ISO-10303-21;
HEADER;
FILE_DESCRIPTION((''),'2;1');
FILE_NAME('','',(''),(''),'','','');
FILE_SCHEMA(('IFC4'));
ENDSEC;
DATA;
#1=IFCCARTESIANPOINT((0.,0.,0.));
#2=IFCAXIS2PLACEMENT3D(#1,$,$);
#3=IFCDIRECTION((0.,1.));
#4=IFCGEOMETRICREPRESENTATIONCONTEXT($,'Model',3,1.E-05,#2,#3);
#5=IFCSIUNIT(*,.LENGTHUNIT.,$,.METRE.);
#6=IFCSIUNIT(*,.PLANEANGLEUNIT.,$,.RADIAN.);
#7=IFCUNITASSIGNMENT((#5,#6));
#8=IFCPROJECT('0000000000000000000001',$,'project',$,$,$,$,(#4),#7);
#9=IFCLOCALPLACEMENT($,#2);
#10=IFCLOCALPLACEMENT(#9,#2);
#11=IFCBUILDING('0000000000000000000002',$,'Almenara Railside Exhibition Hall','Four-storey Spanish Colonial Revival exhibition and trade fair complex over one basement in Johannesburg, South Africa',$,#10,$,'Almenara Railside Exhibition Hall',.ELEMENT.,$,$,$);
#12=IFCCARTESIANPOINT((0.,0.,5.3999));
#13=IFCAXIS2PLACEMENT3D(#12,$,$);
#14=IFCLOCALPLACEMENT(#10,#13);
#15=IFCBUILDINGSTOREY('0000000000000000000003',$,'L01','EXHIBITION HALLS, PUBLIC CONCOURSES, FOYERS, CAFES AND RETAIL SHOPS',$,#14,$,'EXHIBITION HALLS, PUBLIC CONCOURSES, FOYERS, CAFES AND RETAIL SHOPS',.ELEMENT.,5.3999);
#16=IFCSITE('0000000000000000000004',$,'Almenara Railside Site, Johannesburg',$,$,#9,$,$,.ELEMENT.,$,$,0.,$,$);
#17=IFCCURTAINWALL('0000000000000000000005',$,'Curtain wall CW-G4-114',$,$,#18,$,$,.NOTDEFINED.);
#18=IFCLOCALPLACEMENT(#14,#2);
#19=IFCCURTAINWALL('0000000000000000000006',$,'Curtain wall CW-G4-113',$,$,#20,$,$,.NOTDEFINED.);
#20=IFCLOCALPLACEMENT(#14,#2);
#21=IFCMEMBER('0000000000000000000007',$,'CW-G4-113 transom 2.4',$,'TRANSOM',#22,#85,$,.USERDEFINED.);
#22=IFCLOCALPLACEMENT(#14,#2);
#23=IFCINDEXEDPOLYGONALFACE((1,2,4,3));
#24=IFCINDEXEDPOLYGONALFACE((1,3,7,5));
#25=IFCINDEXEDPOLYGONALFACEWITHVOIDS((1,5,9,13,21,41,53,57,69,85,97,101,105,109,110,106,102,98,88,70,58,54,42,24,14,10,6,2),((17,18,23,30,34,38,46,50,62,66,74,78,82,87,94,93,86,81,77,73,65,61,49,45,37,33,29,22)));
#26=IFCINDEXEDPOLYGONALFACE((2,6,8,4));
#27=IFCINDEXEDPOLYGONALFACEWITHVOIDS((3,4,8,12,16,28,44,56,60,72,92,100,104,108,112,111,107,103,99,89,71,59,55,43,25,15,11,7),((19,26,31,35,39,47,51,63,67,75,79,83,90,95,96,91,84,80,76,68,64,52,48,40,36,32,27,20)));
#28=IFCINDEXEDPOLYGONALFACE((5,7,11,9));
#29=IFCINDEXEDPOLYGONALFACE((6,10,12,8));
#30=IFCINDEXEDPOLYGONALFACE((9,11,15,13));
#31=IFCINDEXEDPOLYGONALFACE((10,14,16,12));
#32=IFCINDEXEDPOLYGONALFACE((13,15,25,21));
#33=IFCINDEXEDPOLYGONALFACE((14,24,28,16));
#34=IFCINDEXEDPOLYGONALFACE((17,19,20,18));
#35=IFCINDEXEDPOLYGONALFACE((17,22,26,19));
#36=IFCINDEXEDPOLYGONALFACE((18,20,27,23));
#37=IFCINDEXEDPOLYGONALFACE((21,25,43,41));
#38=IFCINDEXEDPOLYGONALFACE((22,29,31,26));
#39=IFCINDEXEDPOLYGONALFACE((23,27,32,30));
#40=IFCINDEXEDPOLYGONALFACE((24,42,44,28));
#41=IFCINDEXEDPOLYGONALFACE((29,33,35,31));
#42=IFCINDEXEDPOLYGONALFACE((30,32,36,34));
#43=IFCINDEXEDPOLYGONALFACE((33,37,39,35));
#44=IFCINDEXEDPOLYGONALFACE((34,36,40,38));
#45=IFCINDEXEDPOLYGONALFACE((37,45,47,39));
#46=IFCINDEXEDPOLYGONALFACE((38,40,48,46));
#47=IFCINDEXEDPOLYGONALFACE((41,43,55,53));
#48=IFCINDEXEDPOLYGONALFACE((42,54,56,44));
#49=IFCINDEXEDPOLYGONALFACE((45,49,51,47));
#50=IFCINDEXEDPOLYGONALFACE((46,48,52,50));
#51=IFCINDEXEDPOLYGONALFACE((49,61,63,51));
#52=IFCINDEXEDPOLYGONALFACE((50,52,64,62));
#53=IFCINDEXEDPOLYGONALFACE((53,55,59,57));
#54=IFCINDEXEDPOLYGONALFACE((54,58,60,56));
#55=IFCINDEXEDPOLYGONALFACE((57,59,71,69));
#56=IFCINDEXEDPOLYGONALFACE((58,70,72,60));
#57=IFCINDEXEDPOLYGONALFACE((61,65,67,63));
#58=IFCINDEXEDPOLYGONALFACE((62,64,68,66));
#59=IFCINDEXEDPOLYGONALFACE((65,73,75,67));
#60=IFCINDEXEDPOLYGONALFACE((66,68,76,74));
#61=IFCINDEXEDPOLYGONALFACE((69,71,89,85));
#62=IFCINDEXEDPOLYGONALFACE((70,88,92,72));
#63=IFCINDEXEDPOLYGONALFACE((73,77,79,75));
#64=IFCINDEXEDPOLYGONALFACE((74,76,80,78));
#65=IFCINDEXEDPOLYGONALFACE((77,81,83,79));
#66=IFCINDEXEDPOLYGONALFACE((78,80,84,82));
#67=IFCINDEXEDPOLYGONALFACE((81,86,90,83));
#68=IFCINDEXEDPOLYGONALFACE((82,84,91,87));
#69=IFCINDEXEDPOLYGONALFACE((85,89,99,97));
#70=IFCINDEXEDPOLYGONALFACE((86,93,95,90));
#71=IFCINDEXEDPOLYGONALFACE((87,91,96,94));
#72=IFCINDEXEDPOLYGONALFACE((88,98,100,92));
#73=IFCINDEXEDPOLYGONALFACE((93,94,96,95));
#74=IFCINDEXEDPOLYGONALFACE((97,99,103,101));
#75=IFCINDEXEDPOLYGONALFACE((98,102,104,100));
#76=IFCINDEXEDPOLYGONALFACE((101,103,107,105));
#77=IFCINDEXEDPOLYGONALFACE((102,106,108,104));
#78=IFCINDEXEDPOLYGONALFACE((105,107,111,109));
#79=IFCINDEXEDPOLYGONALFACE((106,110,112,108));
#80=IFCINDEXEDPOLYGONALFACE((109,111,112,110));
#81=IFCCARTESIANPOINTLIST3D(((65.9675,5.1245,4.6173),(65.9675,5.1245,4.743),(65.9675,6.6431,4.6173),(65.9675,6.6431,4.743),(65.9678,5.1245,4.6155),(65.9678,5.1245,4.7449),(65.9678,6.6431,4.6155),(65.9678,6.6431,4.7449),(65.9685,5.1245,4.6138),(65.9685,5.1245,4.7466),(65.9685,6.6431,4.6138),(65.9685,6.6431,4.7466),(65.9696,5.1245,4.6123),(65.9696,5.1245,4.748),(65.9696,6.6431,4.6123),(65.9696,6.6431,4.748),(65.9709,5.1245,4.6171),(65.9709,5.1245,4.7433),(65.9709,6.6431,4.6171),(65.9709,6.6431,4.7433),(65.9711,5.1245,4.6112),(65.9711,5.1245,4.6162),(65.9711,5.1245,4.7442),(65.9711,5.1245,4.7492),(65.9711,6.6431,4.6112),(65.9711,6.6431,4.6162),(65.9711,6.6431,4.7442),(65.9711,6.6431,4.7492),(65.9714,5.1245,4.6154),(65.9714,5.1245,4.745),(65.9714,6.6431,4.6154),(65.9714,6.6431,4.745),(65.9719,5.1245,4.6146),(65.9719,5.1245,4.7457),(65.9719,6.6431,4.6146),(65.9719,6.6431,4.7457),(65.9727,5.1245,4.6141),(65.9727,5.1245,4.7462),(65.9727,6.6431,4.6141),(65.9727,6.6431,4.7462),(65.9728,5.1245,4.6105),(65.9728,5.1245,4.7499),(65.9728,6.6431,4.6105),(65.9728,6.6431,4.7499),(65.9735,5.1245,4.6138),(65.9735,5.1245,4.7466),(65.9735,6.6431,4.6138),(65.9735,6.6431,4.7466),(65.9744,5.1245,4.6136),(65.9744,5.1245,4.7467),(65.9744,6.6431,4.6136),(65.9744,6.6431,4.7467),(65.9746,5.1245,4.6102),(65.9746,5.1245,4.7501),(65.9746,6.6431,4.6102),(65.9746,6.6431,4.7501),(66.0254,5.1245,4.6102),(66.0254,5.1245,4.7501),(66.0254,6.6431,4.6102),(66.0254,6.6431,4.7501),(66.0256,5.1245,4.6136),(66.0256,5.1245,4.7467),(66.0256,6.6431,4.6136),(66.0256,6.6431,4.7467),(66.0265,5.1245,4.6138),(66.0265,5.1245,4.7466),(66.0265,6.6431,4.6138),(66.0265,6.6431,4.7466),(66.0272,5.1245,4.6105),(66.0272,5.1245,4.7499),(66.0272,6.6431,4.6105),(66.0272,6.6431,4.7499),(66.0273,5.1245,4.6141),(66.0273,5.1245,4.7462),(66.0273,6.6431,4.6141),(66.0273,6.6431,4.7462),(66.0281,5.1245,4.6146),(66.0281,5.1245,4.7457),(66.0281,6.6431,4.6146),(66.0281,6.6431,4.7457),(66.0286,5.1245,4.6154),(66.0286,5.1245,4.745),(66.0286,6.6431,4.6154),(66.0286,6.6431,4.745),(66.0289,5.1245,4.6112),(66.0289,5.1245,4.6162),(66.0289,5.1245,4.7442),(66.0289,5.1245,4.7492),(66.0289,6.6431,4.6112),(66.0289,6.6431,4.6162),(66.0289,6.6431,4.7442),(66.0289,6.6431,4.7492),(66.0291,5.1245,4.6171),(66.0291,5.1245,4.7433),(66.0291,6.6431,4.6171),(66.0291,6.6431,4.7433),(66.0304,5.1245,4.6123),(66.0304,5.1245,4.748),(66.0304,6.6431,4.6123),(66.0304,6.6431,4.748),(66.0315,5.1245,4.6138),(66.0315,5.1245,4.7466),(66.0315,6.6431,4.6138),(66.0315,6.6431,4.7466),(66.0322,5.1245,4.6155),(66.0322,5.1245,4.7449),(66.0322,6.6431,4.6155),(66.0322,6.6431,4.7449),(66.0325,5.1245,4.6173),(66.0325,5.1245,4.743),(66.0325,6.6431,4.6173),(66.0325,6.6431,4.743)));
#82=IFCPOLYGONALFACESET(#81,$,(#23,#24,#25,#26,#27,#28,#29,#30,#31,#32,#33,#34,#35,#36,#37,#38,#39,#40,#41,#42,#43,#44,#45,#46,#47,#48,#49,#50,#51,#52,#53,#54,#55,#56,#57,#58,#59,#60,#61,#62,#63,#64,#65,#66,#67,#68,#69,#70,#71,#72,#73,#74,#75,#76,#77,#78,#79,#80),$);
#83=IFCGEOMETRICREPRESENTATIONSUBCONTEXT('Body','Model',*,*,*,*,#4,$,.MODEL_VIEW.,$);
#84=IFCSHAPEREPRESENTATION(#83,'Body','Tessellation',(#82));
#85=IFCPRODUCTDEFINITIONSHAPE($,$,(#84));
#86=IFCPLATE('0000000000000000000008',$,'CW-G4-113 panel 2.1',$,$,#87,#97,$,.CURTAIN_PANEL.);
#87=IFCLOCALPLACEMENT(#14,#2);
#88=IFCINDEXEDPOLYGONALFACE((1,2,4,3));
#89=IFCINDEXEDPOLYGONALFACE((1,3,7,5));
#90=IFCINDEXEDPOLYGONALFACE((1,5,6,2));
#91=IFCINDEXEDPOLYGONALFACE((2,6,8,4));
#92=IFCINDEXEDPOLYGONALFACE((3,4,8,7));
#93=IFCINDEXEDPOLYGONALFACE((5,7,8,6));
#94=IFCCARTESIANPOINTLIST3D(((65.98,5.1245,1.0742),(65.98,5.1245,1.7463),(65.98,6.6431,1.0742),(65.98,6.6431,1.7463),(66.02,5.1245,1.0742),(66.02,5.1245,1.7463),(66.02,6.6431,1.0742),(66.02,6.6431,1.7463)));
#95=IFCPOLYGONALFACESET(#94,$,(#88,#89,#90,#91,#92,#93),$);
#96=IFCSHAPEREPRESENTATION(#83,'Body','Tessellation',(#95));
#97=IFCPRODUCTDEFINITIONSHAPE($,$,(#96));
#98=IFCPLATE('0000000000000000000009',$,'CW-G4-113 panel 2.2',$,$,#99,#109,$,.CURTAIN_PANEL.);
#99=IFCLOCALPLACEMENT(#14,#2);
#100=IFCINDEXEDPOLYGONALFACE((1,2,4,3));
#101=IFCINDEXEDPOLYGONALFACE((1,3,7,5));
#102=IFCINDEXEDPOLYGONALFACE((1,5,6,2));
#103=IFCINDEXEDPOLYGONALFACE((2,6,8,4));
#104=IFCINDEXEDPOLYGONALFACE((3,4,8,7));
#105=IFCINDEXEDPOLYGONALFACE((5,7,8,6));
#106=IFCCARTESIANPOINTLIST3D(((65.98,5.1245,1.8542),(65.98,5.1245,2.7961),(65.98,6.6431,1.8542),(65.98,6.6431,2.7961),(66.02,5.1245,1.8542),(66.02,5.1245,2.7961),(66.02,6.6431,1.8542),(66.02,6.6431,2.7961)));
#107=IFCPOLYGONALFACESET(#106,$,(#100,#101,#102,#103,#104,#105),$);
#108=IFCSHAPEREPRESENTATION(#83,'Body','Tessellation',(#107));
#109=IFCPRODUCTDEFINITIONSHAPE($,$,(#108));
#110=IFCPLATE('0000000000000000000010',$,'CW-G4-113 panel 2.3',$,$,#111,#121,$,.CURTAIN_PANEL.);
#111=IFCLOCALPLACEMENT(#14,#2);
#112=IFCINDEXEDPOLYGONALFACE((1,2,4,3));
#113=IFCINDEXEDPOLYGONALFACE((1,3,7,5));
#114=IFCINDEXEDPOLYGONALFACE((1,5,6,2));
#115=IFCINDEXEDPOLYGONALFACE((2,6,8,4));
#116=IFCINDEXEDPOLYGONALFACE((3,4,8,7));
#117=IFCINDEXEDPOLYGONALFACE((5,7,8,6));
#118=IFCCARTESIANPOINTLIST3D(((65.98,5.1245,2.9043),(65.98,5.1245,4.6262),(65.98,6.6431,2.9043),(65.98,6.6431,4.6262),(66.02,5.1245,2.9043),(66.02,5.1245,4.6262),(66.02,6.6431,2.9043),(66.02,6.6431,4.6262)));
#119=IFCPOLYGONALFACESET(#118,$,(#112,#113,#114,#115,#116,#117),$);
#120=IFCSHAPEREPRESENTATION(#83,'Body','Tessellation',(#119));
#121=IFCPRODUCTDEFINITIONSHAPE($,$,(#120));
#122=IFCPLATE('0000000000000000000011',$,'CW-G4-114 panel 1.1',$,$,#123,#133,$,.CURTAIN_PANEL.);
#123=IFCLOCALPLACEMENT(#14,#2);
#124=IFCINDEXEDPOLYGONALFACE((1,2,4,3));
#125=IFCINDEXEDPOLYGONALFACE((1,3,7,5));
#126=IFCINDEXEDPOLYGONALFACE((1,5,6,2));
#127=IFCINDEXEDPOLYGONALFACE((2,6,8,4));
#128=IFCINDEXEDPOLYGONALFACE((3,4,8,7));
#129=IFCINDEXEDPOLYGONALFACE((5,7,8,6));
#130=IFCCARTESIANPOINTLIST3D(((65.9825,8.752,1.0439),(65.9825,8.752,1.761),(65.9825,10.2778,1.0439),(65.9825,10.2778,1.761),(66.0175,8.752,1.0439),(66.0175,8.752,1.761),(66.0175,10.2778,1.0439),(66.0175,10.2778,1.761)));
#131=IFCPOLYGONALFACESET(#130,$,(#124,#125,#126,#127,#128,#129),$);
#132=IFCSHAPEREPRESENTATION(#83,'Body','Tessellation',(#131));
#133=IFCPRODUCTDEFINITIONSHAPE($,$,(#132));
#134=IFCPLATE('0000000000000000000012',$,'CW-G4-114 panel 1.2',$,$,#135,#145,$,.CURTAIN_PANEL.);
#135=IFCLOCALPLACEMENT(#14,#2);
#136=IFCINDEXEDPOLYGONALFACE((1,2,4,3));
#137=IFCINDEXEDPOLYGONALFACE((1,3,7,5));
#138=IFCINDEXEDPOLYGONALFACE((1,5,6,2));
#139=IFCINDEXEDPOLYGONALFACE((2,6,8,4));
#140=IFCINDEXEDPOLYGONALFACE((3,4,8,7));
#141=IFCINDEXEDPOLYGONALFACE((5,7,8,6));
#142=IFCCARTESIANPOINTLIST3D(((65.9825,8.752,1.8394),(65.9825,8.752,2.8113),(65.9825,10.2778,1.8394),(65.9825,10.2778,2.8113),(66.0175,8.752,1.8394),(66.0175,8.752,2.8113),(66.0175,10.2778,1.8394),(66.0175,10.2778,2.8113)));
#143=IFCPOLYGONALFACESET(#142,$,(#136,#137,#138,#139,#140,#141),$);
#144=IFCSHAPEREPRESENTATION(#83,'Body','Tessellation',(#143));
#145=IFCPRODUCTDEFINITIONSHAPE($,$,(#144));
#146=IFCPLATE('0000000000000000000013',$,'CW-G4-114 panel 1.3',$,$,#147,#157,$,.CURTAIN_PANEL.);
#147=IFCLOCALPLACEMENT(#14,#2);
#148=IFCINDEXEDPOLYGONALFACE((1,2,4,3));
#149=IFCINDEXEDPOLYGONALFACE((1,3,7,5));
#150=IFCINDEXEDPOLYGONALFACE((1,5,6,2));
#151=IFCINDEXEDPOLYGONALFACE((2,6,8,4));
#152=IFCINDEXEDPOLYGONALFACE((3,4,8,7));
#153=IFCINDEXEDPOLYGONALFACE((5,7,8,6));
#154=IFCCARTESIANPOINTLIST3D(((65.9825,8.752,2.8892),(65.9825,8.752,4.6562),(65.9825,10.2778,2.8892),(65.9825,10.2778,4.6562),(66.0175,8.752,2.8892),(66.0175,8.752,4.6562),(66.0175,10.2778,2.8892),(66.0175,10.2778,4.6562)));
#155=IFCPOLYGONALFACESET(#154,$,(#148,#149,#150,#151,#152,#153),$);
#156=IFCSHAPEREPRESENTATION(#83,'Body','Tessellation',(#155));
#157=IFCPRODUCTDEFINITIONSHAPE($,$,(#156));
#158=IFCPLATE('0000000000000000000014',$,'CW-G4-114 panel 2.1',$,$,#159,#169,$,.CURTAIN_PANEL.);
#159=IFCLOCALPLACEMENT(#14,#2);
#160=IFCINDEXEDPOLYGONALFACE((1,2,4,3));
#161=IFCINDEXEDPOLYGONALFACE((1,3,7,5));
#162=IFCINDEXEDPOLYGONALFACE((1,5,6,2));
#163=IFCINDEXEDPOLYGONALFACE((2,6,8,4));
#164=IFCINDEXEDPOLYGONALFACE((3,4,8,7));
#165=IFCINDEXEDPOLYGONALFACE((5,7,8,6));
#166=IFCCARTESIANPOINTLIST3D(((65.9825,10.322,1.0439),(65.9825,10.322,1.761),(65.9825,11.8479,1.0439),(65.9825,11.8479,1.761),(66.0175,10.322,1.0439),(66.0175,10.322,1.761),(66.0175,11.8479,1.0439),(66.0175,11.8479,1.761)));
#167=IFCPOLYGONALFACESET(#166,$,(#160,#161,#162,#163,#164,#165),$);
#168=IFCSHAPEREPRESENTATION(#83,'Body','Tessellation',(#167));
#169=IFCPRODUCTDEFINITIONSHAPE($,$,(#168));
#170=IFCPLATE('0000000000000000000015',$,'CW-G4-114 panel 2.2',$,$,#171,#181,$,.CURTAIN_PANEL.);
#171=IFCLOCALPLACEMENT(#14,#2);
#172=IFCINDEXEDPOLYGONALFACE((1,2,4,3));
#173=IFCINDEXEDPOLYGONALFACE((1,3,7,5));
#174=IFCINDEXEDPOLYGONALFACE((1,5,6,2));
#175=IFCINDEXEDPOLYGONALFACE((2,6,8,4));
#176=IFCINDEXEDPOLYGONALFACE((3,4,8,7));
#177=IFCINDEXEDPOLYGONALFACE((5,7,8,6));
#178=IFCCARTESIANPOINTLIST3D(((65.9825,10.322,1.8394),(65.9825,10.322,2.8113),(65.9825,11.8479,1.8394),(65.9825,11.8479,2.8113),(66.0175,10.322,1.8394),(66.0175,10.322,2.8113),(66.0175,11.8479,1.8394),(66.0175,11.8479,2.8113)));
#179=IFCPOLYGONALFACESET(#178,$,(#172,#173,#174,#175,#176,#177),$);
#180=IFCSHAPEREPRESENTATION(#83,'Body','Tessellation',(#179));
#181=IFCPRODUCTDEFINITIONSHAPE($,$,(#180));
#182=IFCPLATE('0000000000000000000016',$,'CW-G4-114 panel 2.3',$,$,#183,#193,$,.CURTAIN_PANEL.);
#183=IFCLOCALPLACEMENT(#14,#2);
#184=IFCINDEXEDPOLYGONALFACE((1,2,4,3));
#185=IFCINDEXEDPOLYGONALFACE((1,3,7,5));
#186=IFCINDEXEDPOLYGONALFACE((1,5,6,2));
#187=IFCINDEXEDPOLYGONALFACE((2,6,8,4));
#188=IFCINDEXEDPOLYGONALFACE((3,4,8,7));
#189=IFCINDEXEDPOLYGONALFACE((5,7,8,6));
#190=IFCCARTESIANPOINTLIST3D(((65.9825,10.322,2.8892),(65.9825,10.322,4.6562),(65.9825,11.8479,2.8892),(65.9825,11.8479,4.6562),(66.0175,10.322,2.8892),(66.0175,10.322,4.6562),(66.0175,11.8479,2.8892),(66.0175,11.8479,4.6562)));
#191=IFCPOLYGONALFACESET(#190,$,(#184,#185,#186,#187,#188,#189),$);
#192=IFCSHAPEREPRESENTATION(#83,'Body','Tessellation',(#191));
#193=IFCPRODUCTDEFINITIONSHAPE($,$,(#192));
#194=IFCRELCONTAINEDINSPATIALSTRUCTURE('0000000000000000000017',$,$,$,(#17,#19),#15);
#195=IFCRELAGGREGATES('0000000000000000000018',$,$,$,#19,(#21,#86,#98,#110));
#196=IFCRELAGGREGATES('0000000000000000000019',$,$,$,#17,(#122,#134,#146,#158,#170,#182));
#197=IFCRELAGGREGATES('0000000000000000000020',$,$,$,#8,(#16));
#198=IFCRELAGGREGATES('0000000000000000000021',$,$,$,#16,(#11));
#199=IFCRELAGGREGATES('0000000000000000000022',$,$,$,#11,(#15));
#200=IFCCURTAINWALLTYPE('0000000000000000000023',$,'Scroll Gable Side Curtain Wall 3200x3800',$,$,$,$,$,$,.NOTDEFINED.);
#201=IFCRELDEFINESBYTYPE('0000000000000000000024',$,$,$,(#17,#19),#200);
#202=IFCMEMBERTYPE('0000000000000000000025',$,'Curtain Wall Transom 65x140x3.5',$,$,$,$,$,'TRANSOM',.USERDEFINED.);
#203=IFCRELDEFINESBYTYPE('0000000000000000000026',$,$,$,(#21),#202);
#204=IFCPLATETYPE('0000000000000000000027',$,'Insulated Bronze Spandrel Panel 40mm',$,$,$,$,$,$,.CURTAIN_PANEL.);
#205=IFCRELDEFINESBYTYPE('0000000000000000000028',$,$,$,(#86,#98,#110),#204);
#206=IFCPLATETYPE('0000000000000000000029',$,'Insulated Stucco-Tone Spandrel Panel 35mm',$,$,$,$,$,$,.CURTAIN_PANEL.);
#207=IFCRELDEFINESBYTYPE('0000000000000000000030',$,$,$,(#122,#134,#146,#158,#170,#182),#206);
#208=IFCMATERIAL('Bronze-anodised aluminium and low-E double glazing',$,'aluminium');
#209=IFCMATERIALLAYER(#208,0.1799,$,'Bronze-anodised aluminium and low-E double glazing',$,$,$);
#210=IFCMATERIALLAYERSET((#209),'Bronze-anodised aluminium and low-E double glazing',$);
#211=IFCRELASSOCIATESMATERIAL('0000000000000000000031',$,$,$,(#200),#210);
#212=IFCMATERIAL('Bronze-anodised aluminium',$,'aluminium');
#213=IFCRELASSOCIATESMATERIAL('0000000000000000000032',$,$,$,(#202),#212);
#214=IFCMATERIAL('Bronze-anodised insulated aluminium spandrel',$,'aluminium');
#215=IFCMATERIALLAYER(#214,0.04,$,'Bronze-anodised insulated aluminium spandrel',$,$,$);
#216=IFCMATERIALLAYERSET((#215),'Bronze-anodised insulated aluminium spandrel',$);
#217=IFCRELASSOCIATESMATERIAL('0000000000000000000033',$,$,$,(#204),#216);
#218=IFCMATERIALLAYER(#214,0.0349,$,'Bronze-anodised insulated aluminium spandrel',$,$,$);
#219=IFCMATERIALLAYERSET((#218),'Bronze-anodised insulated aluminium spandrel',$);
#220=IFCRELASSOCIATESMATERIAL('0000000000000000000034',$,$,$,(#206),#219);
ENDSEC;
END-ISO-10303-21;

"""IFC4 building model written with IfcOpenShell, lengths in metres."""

from ifc_helpers import new_model, si_unit, direction, frame, origin, origin_2d, place, context, subcontext, project, spatial, rectangle, hollow_rectangle, extrude, material, layer, layer_set, material_profile, profile_set, type_object, element, aggregate, save


model = new_model("IFC4")

# Units and contexts
model_context = context("Model", 3, precision=1e-05, world=origin(), true_north=direction((0.0, 1.0)))
body_context = subcontext(model_context, "Body", "Model", "MODEL_VIEW")
ifc_project = project(units=[si_unit("LENGTHUNIT", "METRE"), si_unit("PLANEANGLEUNIT", "RADIAN")], contexts=[model_context])

# Site, building, storey
site_placement = place(None, origin())
site = spatial("IfcSite", under=ifc_project, at=site_placement, Name="Almenara Railside Site, Johannesburg", CompositionType="ELEMENT", RefElevation=0.0)
building_placement = place(site_placement, origin())
building = spatial("IfcBuilding", under=site, at=building_placement, Name="Almenara Railside Exhibition Hall", Description="Four-storey Spanish Colonial Revival exhibition and trade fair complex over one basement in Johannesburg, South Africa", LongName="Almenara Railside Exhibition Hall", CompositionType="ELEMENT")
storey_placement = place(building_placement, frame((0.0, 0.0, 5.3999)))
storey = spatial("IfcBuildingStorey", under=building, at=storey_placement, Name="L01", Description="EXHIBITION HALLS, PUBLIC CONCOURSES, FOYERS, CAFES AND RETAIL SHOPS", LongName="EXHIBITION HALLS, PUBLIC CONCOURSES, FOYERS, CAFES AND RETAIL SHOPS", CompositionType="ELEMENT", Elevation=5.3999)

# Curtain wall
ifc_material_1 = material(Name="Bronze-anodised aluminium and low-E double glazing", Category="aluminium")
ifc_layer_1 = layer(ifc_material_1, 0.1799, Name="Bronze-anodised aluminium and low-E double glazing")
ifc_layer_set_1 = layer_set([ifc_layer_1], Name="Bronze-anodised aluminium and low-E double glazing")
curtain_wall_type = type_object("IfcCurtainWallType", Name="Scroll Gable Side Curtain Wall 3200x3800", PredefinedType="NOTDEFINED", material=ifc_layer_set_1)
curtain_wall_1_placement = place(storey_placement, origin())
curtain_wall_1 = element("IfcCurtainWall", 1, at=curtain_wall_1_placement, inside=storey, type_object=curtain_wall_type, Name="Curtain wall CW-G4-114", PredefinedType="NOTDEFINED")
ifc_material_2 = material(Name="Bronze-anodised aluminium", Category="aluminium")

# Curtain wall
curtain_wall_2_placement = place(storey_placement, origin())
curtain_wall_2 = element("IfcCurtainWall", 2, at=curtain_wall_2_placement, inside=storey, type_object=curtain_wall_type, Name="Curtain wall CW-G4-113", PredefinedType="NOTDEFINED")

# Member
ifc_material_profile_1 = material_profile(ifc_material_2, hollow_rectangle(XDim=0.0649, YDim=0.1399, WallThickness=0.0034, InnerFilletRadius=0.0034, OuterFilletRadius=0.0071, at=origin_2d()), Name="ALU-TRN 65x140x3.5")
ifc_profile_set_1 = profile_set([ifc_material_profile_1], Name="Bronze-anodised aluminium")
member_type_1 = type_object("IfcMemberType", Name="Curtain Wall Transom 65x140x3.5", ElementType="TRANSOM", PredefinedType="USERDEFINED", material=ifc_profile_set_1)
member_1_placement = place(storey_placement, frame((66.0, 5.1245, 4.6802), z_axis=(0.0, 1.0, 0.0), x_axis=(-1.0, 0.0, 0.0)))
member_1 = element("IfcMember", 3, at=member_1_placement, type_object=member_type_1, Name="CW-G4-113 transom 2.4", ObjectType="TRANSOM", PredefinedType="USERDEFINED", context=body_context, shape_type="SweptSolid", body=[
    extrude(hollow_rectangle(XDim=0.0649, YDim=0.1399, WallThickness=0.0034, InnerFilletRadius=0.0034, OuterFilletRadius=0.0071, at=origin_2d()), origin(), (0.0, 0.0, 1.0), 1.5186),
])

# Plates
ifc_material_3 = material(Name="Bronze-anodised insulated aluminium spandrel", Category="aluminium")
ifc_layer_2 = layer(ifc_material_3, 0.04, Name="Bronze-anodised insulated aluminium spandrel")
ifc_layer_set_2 = layer_set([ifc_layer_2], Name="Bronze-anodised insulated aluminium spandrel")
plate_type_1 = type_object("IfcPlateType", Name="Insulated Bronze Spandrel Panel 40mm", PredefinedType="CURTAIN_PANEL", material=ifc_layer_set_2)
plate_1_placement = place(storey_placement, frame((66.0, 5.8838, 1.0742), z_axis=(0.0, 0.0, 1.0), x_axis=(0.0, 1.0, 0.0)))
plate_1 = element("IfcPlate", 4, at=plate_1_placement, type_object=plate_type_1, Name="CW-G4-113 panel 2.1", PredefinedType="CURTAIN_PANEL", context=body_context, shape_type="SweptSolid", body=[
    extrude(rectangle(XDim=1.5186, YDim=0.04, at=origin_2d()), origin(), (0.0, 0.0, 1.0), 0.6721),
])
plate_2_placement = place(storey_placement, frame((66.0, 5.8838, 1.8542), z_axis=(0.0, 0.0, 1.0), x_axis=(0.0, 1.0, 0.0)))
plate_2 = element("IfcPlate", 5, at=plate_2_placement, type_object=plate_type_1, Name="CW-G4-113 panel 2.2", PredefinedType="CURTAIN_PANEL", context=body_context, shape_type="SweptSolid", body=[
    extrude(rectangle(XDim=1.5186, YDim=0.04, at=origin_2d()), origin(), (0.0, 0.0, 1.0), 0.9419),
])
plate_3_placement = place(storey_placement, frame((66.0, 5.8838, 2.9043), z_axis=(0.0, 0.0, 1.0), x_axis=(0.0, 1.0, 0.0)))
plate_3 = element("IfcPlate", 6, at=plate_3_placement, type_object=plate_type_1, Name="CW-G4-113 panel 2.3", PredefinedType="CURTAIN_PANEL", context=body_context, shape_type="SweptSolid", body=[
    extrude(rectangle(XDim=1.5186, YDim=0.04, at=origin_2d()), origin(), (0.0, 0.0, 1.0), 1.7219),
])
aggregate(curtain_wall_2, [member_1, plate_1, plate_2, plate_3])
ifc_layer_3 = layer(ifc_material_3, 0.0349, Name="Bronze-anodised insulated aluminium spandrel")
ifc_layer_set_3 = layer_set([ifc_layer_3], Name="Bronze-anodised insulated aluminium spandrel")
plate_type_2 = type_object("IfcPlateType", Name="Insulated Stucco-Tone Spandrel Panel 35mm", PredefinedType="CURTAIN_PANEL", material=ifc_layer_set_3)
plate_4_placement = place(storey_placement, frame((66.0, 9.5149, 1.0439), z_axis=(0.0, 0.0, 1.0), x_axis=(0.0, 1.0, 0.0)))
plate_4 = element("IfcPlate", 7, at=plate_4_placement, type_object=plate_type_2, Name="CW-G4-114 panel 1.1", PredefinedType="CURTAIN_PANEL", context=body_context, shape_type="SweptSolid", body=[
    extrude(rectangle(XDim=1.5259, YDim=0.0349, at=origin_2d()), origin(), (0.0, 0.0, 1.0), 0.717),
])
plate_5_placement = place(storey_placement, frame((66.0, 9.5149, 1.8394), z_axis=(0.0, 0.0, 1.0), x_axis=(0.0, 1.0, 0.0)))
plate_5 = element("IfcPlate", 8, at=plate_5_placement, type_object=plate_type_2, Name="CW-G4-114 panel 1.2", PredefinedType="CURTAIN_PANEL", context=body_context, shape_type="SweptSolid", body=[
    extrude(rectangle(XDim=1.5259, YDim=0.0349, at=origin_2d()), origin(), (0.0, 0.0, 1.0), 0.9719),
])
plate_6_placement = place(storey_placement, frame((66.0, 9.5149, 2.8892), z_axis=(0.0, 0.0, 1.0), x_axis=(0.0, 1.0, 0.0)))
plate_6 = element("IfcPlate", 9, at=plate_6_placement, type_object=plate_type_2, Name="CW-G4-114 panel 1.3", PredefinedType="CURTAIN_PANEL", context=body_context, shape_type="SweptSolid", body=[
    extrude(rectangle(XDim=1.5259, YDim=0.0349, at=origin_2d()), origin(), (0.0, 0.0, 1.0), 1.7671),
])
plate_7_placement = place(storey_placement, frame((66.0, 11.085, 1.0439), z_axis=(0.0, 0.0, 1.0), x_axis=(0.0, 1.0, 0.0)))
plate_7 = element("IfcPlate", 10, at=plate_7_placement, type_object=plate_type_2, Name="CW-G4-114 panel 2.1", PredefinedType="CURTAIN_PANEL", context=body_context, shape_type="SweptSolid", body=[
    extrude(rectangle(XDim=1.5259, YDim=0.0349, at=origin_2d()), origin(), (0.0, 0.0, 1.0), 0.717),
])
plate_8_placement = place(storey_placement, frame((66.0, 11.085, 1.8394), z_axis=(0.0, 0.0, 1.0), x_axis=(0.0, 1.0, 0.0)))
plate_8 = element("IfcPlate", 11, at=plate_8_placement, type_object=plate_type_2, Name="CW-G4-114 panel 2.2", PredefinedType="CURTAIN_PANEL", context=body_context, shape_type="SweptSolid", body=[
    extrude(rectangle(XDim=1.5259, YDim=0.0349, at=origin_2d()), origin(), (0.0, 0.0, 1.0), 0.9719),
])
plate_9_placement = place(storey_placement, frame((66.0, 11.085, 2.8892), z_axis=(0.0, 0.0, 1.0), x_axis=(0.0, 1.0, 0.0)))
plate_9 = element("IfcPlate", 12, at=plate_9_placement, type_object=plate_type_2, Name="CW-G4-114 panel 2.3", PredefinedType="CURTAIN_PANEL", context=body_context, shape_type="SweptSolid", body=[
    extrude(rectangle(XDim=1.5259, YDim=0.0349, at=origin_2d()), origin(), (0.0, 0.0, 1.0), 1.7671),
])
aggregate(curtain_wall_1, [plate_4, plate_5, plate_6, plate_7, plate_8, plate_9])

save(model, "model.ifc")
